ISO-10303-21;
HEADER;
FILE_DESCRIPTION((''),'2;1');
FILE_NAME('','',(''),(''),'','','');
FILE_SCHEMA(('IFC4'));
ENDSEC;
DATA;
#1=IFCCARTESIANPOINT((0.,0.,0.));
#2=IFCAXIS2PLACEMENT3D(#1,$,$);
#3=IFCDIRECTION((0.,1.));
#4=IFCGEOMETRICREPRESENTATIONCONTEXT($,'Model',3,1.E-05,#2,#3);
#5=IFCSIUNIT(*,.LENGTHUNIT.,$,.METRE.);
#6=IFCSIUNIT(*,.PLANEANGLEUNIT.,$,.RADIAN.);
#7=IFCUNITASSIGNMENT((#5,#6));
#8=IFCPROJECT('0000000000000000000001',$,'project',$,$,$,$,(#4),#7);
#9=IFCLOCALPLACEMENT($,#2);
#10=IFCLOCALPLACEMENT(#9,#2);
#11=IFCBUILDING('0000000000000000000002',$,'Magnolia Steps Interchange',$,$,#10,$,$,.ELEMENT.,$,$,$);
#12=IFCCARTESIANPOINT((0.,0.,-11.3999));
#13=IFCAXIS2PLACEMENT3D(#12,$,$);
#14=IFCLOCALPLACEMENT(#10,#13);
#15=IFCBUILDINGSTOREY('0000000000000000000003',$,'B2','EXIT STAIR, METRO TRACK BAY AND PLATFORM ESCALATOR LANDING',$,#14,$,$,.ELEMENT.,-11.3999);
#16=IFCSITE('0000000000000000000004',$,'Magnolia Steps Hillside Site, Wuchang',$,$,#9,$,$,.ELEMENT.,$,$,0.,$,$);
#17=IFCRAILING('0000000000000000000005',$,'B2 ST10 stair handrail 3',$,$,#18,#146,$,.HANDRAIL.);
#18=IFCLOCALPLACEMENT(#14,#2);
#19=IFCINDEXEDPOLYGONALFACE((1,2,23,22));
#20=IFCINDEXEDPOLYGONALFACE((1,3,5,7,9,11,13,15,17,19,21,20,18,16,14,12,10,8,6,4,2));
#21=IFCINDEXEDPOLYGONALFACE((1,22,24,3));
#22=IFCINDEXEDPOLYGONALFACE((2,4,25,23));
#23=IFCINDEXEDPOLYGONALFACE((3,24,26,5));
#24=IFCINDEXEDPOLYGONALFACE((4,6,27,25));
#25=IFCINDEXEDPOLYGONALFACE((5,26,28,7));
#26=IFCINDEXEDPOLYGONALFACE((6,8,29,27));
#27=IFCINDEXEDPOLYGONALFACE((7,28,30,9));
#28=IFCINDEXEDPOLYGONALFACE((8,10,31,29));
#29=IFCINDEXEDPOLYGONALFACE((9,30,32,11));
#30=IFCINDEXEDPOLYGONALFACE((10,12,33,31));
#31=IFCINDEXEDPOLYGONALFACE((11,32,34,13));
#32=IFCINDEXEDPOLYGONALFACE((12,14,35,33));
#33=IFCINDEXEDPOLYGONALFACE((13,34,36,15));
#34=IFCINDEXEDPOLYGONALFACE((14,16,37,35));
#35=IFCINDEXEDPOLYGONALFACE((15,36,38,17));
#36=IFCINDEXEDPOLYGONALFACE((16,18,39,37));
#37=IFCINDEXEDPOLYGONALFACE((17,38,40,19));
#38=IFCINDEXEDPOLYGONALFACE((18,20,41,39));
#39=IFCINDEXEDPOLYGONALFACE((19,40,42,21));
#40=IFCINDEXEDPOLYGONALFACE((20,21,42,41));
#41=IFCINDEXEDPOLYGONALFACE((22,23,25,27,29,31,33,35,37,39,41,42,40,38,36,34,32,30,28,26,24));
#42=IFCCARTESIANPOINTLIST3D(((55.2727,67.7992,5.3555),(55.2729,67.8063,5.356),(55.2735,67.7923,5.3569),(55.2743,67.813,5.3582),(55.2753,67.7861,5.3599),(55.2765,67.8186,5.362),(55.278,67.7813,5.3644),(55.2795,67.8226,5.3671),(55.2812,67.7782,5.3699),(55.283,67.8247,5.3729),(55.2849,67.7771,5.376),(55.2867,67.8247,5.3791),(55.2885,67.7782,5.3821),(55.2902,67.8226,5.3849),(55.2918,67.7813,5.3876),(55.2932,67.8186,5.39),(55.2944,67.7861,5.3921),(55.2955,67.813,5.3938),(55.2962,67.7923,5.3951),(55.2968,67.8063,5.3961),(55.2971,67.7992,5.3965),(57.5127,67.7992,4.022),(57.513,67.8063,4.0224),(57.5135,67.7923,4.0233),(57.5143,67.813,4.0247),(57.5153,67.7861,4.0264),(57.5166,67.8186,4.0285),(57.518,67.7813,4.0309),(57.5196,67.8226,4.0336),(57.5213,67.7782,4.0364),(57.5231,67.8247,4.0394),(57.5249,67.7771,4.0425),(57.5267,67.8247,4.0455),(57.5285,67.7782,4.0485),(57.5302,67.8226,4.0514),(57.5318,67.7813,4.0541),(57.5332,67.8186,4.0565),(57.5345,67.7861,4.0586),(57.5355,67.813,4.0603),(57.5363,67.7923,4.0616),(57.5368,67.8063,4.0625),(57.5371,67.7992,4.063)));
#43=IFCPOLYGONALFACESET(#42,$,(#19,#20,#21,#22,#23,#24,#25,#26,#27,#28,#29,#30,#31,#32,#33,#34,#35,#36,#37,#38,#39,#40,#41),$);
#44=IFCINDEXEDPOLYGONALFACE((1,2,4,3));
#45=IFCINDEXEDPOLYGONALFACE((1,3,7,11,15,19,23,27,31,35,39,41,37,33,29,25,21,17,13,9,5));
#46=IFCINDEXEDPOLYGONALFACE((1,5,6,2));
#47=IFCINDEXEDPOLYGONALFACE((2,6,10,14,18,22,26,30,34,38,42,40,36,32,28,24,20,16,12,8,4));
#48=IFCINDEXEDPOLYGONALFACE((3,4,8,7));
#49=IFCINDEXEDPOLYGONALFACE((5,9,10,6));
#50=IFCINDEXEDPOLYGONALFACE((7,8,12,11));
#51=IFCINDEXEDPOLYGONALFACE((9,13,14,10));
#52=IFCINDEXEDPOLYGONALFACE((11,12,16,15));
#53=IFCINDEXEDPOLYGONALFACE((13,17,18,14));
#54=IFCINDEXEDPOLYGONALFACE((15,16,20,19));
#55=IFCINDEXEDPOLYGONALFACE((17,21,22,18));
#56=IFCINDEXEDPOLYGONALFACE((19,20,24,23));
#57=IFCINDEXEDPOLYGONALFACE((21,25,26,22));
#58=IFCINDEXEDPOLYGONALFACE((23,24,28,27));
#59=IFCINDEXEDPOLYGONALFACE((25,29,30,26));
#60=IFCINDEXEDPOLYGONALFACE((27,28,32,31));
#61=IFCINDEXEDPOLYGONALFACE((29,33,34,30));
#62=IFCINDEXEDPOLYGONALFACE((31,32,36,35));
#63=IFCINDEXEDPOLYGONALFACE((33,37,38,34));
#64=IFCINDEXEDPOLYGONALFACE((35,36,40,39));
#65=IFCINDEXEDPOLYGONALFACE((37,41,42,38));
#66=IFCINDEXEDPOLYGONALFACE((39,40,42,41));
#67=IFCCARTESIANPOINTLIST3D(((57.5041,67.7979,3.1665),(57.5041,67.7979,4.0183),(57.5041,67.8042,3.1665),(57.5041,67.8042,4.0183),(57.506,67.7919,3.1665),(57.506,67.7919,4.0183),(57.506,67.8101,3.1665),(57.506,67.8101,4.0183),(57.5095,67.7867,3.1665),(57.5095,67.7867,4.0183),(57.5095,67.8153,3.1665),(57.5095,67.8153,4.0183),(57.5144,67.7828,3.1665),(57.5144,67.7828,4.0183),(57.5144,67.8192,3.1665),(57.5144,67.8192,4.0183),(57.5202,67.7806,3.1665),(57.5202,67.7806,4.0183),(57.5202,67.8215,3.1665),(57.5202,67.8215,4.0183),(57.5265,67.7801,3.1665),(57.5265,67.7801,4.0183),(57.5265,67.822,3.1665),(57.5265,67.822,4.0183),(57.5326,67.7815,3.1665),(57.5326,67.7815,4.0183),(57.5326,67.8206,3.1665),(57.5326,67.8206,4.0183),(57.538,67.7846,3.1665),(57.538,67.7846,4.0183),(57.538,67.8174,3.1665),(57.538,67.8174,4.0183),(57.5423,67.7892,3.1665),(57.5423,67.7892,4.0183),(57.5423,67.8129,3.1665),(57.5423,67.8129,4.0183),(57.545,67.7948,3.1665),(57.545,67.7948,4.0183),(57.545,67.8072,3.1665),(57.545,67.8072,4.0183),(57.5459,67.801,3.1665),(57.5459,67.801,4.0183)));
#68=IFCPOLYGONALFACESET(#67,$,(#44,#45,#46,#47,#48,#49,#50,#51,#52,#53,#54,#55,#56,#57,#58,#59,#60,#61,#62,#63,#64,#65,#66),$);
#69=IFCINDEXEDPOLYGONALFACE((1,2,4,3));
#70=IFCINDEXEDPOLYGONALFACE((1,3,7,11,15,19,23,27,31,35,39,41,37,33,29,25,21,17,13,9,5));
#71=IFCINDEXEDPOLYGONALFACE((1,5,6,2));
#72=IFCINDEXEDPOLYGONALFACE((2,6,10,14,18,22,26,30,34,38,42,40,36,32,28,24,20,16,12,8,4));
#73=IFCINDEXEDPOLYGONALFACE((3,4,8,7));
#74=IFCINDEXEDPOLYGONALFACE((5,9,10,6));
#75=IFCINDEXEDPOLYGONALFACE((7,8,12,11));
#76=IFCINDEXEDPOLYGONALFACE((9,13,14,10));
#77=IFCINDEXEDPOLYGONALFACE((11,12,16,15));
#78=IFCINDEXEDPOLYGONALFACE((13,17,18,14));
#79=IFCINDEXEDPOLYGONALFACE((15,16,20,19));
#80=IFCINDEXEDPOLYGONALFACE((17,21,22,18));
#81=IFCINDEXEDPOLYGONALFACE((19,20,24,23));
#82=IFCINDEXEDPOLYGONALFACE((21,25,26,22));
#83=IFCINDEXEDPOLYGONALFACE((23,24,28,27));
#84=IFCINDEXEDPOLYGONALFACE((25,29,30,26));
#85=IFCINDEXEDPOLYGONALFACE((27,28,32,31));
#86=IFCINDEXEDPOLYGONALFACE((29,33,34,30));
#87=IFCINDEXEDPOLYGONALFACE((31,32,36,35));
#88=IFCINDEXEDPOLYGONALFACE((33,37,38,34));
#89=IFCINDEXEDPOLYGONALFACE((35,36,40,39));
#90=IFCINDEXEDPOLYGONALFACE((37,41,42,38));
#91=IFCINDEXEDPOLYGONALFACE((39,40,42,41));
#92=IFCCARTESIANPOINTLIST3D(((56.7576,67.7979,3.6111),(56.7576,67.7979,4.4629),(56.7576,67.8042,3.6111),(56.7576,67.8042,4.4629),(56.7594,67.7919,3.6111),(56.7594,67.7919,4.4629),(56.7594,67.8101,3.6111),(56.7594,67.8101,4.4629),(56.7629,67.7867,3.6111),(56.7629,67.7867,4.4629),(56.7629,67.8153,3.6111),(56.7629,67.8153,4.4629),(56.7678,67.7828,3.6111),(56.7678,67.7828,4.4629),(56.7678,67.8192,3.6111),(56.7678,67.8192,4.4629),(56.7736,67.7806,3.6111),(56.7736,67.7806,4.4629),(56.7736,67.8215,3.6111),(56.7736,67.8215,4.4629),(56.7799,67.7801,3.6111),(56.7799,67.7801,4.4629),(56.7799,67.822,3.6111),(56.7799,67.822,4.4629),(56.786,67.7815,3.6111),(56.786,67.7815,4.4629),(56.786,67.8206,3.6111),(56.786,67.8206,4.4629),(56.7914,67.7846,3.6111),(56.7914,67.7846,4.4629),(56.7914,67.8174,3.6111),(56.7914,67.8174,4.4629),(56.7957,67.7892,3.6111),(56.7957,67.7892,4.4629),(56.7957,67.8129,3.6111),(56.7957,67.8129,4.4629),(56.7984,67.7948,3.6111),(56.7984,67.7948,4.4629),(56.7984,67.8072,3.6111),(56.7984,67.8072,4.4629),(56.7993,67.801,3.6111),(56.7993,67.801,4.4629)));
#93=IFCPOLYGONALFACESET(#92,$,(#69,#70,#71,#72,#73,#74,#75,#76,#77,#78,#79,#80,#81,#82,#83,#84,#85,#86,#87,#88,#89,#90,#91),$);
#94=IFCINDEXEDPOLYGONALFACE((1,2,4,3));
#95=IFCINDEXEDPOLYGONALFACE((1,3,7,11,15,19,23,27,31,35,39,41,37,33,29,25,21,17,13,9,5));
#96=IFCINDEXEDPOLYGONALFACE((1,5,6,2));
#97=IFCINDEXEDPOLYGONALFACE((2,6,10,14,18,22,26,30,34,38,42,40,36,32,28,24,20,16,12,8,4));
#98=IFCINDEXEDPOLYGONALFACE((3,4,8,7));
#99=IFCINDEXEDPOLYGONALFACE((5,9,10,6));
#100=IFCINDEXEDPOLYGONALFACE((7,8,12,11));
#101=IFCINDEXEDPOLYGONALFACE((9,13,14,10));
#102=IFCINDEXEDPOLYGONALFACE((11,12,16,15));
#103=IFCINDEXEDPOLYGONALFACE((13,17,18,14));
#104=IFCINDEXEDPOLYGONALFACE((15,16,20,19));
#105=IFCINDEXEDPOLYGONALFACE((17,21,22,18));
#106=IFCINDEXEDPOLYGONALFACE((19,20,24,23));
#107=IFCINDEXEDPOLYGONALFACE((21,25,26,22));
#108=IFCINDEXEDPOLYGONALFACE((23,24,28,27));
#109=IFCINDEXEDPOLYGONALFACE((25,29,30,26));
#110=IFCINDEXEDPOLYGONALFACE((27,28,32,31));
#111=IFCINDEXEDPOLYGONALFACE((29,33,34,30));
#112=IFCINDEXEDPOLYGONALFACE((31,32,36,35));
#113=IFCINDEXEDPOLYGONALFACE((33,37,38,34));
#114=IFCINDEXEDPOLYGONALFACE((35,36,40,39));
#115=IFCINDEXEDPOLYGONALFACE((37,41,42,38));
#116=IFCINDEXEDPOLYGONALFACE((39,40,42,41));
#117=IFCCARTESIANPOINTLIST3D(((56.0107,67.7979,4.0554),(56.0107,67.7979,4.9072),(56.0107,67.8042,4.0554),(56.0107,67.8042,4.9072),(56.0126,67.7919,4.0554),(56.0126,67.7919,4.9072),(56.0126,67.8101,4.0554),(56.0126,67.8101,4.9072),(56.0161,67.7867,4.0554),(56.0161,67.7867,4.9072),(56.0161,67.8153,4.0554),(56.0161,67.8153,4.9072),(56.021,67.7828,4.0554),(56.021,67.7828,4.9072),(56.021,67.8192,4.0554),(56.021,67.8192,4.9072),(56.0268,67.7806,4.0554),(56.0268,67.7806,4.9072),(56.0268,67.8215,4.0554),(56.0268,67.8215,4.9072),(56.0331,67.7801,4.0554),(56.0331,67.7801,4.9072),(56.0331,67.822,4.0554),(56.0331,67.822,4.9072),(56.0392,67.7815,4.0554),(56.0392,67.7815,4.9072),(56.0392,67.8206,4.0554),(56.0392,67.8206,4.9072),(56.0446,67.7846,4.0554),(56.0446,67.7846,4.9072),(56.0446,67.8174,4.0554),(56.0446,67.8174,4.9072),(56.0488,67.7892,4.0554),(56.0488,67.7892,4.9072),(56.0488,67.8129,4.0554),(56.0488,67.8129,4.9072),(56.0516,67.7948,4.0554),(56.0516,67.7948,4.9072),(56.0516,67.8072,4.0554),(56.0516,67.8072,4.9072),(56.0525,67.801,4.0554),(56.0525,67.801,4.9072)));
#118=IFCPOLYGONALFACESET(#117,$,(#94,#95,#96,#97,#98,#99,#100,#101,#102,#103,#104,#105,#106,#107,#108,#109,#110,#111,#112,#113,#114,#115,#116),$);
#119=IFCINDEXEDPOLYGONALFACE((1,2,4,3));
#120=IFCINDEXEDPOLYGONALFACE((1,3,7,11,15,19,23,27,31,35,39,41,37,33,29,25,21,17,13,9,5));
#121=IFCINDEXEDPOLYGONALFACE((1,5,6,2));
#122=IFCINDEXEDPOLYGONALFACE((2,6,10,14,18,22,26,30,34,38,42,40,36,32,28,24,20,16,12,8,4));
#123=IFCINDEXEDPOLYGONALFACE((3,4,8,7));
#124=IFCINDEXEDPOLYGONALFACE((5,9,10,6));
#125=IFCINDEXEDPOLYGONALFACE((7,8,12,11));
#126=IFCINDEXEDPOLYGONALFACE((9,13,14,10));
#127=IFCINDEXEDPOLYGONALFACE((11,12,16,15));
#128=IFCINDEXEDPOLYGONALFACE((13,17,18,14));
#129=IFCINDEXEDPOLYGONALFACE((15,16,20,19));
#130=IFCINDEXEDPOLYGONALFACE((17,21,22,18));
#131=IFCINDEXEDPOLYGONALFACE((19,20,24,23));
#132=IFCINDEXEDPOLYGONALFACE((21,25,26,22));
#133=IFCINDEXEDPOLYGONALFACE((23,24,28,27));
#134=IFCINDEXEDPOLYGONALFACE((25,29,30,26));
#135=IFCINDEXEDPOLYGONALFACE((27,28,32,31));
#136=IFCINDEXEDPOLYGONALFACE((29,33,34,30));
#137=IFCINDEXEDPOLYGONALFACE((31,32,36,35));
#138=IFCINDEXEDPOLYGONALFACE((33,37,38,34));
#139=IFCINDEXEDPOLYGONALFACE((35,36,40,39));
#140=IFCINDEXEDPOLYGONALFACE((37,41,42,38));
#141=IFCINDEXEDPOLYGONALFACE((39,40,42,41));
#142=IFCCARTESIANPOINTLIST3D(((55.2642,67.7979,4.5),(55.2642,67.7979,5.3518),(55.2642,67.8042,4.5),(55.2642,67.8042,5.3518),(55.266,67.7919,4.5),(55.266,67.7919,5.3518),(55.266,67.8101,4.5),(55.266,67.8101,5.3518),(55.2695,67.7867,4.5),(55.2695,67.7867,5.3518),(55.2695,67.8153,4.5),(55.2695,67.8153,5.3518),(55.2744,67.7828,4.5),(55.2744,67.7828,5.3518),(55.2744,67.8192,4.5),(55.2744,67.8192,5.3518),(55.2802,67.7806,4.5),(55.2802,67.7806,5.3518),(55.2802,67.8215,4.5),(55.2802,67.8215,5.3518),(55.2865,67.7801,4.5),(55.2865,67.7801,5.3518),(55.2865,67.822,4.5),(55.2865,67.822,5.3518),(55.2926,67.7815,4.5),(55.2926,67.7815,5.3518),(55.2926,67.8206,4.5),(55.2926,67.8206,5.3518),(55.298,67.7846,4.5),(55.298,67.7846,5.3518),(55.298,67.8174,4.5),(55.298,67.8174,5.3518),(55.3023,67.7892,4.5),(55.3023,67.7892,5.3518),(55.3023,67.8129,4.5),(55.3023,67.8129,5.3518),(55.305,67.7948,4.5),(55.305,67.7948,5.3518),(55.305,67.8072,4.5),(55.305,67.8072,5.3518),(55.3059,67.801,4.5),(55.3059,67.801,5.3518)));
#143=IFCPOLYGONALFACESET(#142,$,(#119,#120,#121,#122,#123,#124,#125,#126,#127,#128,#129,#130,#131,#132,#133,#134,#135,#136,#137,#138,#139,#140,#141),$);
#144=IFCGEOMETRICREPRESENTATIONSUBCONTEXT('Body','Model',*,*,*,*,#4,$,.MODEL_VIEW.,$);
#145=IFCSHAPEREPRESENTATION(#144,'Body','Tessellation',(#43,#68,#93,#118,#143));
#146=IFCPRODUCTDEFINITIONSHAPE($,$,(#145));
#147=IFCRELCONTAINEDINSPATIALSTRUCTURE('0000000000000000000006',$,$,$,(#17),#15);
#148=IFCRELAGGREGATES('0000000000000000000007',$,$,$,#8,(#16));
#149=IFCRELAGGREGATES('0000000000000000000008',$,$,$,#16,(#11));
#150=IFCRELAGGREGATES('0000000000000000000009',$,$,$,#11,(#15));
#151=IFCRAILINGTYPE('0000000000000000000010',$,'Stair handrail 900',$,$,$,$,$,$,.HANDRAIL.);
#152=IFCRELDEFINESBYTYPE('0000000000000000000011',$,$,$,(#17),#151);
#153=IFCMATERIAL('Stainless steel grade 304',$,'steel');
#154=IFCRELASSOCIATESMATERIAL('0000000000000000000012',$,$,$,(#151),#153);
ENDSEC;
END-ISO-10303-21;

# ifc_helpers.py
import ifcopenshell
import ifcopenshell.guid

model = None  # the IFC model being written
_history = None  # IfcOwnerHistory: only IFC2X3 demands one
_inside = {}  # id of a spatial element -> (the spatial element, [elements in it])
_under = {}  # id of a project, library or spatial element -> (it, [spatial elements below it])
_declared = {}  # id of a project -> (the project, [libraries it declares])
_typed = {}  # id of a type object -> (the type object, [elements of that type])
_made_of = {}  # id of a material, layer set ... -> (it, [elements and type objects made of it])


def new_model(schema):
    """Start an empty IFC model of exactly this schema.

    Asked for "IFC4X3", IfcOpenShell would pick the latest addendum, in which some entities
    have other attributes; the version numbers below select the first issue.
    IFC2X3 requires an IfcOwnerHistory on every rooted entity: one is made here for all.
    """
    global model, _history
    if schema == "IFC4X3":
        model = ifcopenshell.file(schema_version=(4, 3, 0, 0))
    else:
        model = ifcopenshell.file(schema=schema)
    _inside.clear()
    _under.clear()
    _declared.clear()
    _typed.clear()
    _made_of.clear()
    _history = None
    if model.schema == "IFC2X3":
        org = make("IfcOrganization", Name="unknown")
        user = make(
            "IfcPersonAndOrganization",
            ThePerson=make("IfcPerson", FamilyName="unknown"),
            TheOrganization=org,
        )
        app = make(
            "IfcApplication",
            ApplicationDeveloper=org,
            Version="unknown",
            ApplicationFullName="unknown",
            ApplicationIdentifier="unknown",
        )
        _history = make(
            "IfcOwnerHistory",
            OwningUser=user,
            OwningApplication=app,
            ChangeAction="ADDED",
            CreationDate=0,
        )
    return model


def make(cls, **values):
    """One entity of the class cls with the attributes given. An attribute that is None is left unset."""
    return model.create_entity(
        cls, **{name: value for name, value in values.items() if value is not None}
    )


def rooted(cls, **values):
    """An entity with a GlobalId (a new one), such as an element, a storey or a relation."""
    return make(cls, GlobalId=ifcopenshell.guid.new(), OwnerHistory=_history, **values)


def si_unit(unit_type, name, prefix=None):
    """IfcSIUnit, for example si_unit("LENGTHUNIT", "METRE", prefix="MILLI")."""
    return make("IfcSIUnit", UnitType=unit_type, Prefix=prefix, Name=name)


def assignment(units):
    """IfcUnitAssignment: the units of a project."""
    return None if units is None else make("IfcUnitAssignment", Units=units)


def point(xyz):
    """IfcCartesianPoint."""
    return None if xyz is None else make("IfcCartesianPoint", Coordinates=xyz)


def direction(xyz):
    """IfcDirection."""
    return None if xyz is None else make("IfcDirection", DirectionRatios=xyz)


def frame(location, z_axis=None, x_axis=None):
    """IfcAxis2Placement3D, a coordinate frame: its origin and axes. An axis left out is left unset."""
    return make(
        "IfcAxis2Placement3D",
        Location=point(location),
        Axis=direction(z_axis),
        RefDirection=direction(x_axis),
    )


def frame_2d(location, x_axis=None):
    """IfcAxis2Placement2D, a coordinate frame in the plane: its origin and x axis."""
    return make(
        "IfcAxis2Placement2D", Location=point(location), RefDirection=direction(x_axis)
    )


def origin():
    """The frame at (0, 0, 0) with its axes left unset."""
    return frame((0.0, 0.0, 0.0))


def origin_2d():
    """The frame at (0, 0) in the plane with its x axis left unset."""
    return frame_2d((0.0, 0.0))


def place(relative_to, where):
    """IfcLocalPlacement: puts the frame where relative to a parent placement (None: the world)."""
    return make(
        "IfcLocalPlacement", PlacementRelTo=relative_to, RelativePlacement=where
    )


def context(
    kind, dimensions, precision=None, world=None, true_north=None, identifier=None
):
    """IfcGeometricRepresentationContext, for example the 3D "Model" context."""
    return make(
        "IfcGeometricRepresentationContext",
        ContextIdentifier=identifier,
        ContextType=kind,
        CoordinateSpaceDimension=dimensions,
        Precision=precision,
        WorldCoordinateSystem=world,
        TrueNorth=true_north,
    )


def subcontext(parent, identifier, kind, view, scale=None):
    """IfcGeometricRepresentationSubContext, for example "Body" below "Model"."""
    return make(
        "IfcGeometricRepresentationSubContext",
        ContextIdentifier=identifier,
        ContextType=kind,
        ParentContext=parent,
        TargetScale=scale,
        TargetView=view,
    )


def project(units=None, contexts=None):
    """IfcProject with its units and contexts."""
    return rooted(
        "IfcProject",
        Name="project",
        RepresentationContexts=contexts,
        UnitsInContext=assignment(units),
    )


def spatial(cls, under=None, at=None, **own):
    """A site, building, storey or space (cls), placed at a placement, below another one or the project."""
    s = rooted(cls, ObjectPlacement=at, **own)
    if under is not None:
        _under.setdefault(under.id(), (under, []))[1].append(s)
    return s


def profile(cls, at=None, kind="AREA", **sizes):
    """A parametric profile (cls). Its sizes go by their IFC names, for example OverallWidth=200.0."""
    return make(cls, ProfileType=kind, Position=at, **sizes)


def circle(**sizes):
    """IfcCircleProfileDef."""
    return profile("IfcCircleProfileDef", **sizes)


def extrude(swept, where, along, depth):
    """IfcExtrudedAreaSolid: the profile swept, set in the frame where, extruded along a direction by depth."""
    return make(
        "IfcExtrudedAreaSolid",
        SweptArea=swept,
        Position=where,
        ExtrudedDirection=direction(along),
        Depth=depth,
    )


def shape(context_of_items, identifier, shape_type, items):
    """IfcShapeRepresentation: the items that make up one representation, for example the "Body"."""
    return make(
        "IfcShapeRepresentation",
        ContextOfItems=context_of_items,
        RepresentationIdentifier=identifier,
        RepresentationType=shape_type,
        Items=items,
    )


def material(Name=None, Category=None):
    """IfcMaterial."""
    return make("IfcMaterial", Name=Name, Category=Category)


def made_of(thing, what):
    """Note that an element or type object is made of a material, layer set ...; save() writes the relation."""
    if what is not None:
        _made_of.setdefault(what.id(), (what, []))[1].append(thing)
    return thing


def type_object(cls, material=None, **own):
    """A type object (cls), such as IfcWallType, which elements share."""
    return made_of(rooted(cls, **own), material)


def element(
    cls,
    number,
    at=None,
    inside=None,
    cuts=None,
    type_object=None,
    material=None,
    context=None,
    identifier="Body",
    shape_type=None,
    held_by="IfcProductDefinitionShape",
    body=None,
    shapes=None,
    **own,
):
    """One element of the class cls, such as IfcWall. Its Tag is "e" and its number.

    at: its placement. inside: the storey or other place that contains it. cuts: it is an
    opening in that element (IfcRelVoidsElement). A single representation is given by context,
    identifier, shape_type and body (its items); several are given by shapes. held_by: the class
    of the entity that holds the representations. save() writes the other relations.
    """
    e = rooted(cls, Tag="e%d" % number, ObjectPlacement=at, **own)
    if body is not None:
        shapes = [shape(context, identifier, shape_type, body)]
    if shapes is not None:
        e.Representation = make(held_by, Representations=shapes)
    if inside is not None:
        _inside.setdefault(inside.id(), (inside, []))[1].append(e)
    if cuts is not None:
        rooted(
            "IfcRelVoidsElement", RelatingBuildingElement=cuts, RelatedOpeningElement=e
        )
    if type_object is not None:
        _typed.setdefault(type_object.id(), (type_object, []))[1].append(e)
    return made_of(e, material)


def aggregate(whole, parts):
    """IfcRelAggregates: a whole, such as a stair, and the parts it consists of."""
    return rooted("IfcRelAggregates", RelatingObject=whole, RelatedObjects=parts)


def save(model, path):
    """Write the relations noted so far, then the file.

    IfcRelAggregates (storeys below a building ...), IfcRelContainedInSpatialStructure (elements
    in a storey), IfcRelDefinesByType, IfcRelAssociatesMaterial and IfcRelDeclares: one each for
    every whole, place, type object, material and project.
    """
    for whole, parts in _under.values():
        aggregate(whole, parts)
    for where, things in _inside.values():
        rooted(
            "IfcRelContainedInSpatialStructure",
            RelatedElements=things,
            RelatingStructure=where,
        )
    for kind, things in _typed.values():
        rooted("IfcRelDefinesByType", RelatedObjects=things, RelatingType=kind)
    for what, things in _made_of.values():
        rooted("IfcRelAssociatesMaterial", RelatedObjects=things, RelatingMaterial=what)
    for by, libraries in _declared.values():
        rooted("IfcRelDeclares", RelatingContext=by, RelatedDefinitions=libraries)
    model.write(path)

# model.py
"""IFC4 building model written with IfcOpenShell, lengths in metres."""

from ifc_helpers import new_model, si_unit, direction, frame, origin, origin_2d, place, context, subcontext, project, spatial, circle, extrude, material, type_object, element, save


model = new_model("IFC4")

# Units and contexts
model_context = context("Model", 3, precision=1e-05, world=origin(), true_north=direction((0.0, 1.0)))
body_context = subcontext(model_context, "Body", "Model", "MODEL_VIEW")
ifc_project = project(units=[si_unit("LENGTHUNIT", "METRE"), si_unit("PLANEANGLEUNIT", "RADIAN")], contexts=[model_context])

# Site, building, storey
site_placement = place(None, origin())
site = spatial("IfcSite", under=ifc_project, at=site_placement, Name="Magnolia Steps Hillside Site, Wuchang", CompositionType="ELEMENT", RefElevation=0.0)
building_placement = place(site_placement, origin())
building = spatial("IfcBuilding", under=site, at=building_placement, Name="Magnolia Steps Interchange", CompositionType="ELEMENT")
storey_placement = place(building_placement, frame((0.0, 0.0, -11.3999)))
storey = spatial("IfcBuildingStorey", under=building, at=storey_placement, Name="B2", Description="EXIT STAIR, METRO TRACK BAY AND PLATFORM ESCALATOR LANDING", CompositionType="ELEMENT", Elevation=-11.3999)

# Railing
ifc_material_1 = material(Name="Stainless steel grade 304", Category="steel")
railing_type_1 = type_object("IfcRailingType", Name="Stair handrail 900", PredefinedType="HANDRAIL", material=ifc_material_1)
for number, where, name in (
    (1, (57.5249, 67.801, 3.1665), "B2 ST10 stair handrail 3"),
):
    element("IfcRailing", number, at=place(storey_placement, frame(where)), inside=storey, type_object=railing_type_1, Name=name, PredefinedType="HANDRAIL", context=body_context, shape_type="SweptSolid", body=[
        extrude(circle(Radius=0.0239, at=origin_2d()), frame((0.0, 0.0, 0.876), z_axis=(-0.859264, 0.0, 0.511532), x_axis=(0.0, -1.0, 0.0)), (0.0, 0.0, 1.0), 2.6069),
        extrude(circle(Radius=0.021, at=origin_2d()), origin(), (0.0, 0.0, 1.0), 0.8518),
        extrude(circle(Radius=0.021, at=origin_2d()), frame((-0.7466, 0.0, 0.4446)), (0.0, 0.0, 1.0), 0.8518),
        extrude(circle(Radius=0.021, at=origin_2d()), frame((-1.4934, 0.0, 0.8889)), (0.0, 0.0, 1.0), 0.8518),
        extrude(circle(Radius=0.021, at=origin_2d()), frame((-2.24, 0.0, 1.3335)), (0.0, 0.0, 1.0), 0.8518),
    ])

save(model, "model.ifc")
